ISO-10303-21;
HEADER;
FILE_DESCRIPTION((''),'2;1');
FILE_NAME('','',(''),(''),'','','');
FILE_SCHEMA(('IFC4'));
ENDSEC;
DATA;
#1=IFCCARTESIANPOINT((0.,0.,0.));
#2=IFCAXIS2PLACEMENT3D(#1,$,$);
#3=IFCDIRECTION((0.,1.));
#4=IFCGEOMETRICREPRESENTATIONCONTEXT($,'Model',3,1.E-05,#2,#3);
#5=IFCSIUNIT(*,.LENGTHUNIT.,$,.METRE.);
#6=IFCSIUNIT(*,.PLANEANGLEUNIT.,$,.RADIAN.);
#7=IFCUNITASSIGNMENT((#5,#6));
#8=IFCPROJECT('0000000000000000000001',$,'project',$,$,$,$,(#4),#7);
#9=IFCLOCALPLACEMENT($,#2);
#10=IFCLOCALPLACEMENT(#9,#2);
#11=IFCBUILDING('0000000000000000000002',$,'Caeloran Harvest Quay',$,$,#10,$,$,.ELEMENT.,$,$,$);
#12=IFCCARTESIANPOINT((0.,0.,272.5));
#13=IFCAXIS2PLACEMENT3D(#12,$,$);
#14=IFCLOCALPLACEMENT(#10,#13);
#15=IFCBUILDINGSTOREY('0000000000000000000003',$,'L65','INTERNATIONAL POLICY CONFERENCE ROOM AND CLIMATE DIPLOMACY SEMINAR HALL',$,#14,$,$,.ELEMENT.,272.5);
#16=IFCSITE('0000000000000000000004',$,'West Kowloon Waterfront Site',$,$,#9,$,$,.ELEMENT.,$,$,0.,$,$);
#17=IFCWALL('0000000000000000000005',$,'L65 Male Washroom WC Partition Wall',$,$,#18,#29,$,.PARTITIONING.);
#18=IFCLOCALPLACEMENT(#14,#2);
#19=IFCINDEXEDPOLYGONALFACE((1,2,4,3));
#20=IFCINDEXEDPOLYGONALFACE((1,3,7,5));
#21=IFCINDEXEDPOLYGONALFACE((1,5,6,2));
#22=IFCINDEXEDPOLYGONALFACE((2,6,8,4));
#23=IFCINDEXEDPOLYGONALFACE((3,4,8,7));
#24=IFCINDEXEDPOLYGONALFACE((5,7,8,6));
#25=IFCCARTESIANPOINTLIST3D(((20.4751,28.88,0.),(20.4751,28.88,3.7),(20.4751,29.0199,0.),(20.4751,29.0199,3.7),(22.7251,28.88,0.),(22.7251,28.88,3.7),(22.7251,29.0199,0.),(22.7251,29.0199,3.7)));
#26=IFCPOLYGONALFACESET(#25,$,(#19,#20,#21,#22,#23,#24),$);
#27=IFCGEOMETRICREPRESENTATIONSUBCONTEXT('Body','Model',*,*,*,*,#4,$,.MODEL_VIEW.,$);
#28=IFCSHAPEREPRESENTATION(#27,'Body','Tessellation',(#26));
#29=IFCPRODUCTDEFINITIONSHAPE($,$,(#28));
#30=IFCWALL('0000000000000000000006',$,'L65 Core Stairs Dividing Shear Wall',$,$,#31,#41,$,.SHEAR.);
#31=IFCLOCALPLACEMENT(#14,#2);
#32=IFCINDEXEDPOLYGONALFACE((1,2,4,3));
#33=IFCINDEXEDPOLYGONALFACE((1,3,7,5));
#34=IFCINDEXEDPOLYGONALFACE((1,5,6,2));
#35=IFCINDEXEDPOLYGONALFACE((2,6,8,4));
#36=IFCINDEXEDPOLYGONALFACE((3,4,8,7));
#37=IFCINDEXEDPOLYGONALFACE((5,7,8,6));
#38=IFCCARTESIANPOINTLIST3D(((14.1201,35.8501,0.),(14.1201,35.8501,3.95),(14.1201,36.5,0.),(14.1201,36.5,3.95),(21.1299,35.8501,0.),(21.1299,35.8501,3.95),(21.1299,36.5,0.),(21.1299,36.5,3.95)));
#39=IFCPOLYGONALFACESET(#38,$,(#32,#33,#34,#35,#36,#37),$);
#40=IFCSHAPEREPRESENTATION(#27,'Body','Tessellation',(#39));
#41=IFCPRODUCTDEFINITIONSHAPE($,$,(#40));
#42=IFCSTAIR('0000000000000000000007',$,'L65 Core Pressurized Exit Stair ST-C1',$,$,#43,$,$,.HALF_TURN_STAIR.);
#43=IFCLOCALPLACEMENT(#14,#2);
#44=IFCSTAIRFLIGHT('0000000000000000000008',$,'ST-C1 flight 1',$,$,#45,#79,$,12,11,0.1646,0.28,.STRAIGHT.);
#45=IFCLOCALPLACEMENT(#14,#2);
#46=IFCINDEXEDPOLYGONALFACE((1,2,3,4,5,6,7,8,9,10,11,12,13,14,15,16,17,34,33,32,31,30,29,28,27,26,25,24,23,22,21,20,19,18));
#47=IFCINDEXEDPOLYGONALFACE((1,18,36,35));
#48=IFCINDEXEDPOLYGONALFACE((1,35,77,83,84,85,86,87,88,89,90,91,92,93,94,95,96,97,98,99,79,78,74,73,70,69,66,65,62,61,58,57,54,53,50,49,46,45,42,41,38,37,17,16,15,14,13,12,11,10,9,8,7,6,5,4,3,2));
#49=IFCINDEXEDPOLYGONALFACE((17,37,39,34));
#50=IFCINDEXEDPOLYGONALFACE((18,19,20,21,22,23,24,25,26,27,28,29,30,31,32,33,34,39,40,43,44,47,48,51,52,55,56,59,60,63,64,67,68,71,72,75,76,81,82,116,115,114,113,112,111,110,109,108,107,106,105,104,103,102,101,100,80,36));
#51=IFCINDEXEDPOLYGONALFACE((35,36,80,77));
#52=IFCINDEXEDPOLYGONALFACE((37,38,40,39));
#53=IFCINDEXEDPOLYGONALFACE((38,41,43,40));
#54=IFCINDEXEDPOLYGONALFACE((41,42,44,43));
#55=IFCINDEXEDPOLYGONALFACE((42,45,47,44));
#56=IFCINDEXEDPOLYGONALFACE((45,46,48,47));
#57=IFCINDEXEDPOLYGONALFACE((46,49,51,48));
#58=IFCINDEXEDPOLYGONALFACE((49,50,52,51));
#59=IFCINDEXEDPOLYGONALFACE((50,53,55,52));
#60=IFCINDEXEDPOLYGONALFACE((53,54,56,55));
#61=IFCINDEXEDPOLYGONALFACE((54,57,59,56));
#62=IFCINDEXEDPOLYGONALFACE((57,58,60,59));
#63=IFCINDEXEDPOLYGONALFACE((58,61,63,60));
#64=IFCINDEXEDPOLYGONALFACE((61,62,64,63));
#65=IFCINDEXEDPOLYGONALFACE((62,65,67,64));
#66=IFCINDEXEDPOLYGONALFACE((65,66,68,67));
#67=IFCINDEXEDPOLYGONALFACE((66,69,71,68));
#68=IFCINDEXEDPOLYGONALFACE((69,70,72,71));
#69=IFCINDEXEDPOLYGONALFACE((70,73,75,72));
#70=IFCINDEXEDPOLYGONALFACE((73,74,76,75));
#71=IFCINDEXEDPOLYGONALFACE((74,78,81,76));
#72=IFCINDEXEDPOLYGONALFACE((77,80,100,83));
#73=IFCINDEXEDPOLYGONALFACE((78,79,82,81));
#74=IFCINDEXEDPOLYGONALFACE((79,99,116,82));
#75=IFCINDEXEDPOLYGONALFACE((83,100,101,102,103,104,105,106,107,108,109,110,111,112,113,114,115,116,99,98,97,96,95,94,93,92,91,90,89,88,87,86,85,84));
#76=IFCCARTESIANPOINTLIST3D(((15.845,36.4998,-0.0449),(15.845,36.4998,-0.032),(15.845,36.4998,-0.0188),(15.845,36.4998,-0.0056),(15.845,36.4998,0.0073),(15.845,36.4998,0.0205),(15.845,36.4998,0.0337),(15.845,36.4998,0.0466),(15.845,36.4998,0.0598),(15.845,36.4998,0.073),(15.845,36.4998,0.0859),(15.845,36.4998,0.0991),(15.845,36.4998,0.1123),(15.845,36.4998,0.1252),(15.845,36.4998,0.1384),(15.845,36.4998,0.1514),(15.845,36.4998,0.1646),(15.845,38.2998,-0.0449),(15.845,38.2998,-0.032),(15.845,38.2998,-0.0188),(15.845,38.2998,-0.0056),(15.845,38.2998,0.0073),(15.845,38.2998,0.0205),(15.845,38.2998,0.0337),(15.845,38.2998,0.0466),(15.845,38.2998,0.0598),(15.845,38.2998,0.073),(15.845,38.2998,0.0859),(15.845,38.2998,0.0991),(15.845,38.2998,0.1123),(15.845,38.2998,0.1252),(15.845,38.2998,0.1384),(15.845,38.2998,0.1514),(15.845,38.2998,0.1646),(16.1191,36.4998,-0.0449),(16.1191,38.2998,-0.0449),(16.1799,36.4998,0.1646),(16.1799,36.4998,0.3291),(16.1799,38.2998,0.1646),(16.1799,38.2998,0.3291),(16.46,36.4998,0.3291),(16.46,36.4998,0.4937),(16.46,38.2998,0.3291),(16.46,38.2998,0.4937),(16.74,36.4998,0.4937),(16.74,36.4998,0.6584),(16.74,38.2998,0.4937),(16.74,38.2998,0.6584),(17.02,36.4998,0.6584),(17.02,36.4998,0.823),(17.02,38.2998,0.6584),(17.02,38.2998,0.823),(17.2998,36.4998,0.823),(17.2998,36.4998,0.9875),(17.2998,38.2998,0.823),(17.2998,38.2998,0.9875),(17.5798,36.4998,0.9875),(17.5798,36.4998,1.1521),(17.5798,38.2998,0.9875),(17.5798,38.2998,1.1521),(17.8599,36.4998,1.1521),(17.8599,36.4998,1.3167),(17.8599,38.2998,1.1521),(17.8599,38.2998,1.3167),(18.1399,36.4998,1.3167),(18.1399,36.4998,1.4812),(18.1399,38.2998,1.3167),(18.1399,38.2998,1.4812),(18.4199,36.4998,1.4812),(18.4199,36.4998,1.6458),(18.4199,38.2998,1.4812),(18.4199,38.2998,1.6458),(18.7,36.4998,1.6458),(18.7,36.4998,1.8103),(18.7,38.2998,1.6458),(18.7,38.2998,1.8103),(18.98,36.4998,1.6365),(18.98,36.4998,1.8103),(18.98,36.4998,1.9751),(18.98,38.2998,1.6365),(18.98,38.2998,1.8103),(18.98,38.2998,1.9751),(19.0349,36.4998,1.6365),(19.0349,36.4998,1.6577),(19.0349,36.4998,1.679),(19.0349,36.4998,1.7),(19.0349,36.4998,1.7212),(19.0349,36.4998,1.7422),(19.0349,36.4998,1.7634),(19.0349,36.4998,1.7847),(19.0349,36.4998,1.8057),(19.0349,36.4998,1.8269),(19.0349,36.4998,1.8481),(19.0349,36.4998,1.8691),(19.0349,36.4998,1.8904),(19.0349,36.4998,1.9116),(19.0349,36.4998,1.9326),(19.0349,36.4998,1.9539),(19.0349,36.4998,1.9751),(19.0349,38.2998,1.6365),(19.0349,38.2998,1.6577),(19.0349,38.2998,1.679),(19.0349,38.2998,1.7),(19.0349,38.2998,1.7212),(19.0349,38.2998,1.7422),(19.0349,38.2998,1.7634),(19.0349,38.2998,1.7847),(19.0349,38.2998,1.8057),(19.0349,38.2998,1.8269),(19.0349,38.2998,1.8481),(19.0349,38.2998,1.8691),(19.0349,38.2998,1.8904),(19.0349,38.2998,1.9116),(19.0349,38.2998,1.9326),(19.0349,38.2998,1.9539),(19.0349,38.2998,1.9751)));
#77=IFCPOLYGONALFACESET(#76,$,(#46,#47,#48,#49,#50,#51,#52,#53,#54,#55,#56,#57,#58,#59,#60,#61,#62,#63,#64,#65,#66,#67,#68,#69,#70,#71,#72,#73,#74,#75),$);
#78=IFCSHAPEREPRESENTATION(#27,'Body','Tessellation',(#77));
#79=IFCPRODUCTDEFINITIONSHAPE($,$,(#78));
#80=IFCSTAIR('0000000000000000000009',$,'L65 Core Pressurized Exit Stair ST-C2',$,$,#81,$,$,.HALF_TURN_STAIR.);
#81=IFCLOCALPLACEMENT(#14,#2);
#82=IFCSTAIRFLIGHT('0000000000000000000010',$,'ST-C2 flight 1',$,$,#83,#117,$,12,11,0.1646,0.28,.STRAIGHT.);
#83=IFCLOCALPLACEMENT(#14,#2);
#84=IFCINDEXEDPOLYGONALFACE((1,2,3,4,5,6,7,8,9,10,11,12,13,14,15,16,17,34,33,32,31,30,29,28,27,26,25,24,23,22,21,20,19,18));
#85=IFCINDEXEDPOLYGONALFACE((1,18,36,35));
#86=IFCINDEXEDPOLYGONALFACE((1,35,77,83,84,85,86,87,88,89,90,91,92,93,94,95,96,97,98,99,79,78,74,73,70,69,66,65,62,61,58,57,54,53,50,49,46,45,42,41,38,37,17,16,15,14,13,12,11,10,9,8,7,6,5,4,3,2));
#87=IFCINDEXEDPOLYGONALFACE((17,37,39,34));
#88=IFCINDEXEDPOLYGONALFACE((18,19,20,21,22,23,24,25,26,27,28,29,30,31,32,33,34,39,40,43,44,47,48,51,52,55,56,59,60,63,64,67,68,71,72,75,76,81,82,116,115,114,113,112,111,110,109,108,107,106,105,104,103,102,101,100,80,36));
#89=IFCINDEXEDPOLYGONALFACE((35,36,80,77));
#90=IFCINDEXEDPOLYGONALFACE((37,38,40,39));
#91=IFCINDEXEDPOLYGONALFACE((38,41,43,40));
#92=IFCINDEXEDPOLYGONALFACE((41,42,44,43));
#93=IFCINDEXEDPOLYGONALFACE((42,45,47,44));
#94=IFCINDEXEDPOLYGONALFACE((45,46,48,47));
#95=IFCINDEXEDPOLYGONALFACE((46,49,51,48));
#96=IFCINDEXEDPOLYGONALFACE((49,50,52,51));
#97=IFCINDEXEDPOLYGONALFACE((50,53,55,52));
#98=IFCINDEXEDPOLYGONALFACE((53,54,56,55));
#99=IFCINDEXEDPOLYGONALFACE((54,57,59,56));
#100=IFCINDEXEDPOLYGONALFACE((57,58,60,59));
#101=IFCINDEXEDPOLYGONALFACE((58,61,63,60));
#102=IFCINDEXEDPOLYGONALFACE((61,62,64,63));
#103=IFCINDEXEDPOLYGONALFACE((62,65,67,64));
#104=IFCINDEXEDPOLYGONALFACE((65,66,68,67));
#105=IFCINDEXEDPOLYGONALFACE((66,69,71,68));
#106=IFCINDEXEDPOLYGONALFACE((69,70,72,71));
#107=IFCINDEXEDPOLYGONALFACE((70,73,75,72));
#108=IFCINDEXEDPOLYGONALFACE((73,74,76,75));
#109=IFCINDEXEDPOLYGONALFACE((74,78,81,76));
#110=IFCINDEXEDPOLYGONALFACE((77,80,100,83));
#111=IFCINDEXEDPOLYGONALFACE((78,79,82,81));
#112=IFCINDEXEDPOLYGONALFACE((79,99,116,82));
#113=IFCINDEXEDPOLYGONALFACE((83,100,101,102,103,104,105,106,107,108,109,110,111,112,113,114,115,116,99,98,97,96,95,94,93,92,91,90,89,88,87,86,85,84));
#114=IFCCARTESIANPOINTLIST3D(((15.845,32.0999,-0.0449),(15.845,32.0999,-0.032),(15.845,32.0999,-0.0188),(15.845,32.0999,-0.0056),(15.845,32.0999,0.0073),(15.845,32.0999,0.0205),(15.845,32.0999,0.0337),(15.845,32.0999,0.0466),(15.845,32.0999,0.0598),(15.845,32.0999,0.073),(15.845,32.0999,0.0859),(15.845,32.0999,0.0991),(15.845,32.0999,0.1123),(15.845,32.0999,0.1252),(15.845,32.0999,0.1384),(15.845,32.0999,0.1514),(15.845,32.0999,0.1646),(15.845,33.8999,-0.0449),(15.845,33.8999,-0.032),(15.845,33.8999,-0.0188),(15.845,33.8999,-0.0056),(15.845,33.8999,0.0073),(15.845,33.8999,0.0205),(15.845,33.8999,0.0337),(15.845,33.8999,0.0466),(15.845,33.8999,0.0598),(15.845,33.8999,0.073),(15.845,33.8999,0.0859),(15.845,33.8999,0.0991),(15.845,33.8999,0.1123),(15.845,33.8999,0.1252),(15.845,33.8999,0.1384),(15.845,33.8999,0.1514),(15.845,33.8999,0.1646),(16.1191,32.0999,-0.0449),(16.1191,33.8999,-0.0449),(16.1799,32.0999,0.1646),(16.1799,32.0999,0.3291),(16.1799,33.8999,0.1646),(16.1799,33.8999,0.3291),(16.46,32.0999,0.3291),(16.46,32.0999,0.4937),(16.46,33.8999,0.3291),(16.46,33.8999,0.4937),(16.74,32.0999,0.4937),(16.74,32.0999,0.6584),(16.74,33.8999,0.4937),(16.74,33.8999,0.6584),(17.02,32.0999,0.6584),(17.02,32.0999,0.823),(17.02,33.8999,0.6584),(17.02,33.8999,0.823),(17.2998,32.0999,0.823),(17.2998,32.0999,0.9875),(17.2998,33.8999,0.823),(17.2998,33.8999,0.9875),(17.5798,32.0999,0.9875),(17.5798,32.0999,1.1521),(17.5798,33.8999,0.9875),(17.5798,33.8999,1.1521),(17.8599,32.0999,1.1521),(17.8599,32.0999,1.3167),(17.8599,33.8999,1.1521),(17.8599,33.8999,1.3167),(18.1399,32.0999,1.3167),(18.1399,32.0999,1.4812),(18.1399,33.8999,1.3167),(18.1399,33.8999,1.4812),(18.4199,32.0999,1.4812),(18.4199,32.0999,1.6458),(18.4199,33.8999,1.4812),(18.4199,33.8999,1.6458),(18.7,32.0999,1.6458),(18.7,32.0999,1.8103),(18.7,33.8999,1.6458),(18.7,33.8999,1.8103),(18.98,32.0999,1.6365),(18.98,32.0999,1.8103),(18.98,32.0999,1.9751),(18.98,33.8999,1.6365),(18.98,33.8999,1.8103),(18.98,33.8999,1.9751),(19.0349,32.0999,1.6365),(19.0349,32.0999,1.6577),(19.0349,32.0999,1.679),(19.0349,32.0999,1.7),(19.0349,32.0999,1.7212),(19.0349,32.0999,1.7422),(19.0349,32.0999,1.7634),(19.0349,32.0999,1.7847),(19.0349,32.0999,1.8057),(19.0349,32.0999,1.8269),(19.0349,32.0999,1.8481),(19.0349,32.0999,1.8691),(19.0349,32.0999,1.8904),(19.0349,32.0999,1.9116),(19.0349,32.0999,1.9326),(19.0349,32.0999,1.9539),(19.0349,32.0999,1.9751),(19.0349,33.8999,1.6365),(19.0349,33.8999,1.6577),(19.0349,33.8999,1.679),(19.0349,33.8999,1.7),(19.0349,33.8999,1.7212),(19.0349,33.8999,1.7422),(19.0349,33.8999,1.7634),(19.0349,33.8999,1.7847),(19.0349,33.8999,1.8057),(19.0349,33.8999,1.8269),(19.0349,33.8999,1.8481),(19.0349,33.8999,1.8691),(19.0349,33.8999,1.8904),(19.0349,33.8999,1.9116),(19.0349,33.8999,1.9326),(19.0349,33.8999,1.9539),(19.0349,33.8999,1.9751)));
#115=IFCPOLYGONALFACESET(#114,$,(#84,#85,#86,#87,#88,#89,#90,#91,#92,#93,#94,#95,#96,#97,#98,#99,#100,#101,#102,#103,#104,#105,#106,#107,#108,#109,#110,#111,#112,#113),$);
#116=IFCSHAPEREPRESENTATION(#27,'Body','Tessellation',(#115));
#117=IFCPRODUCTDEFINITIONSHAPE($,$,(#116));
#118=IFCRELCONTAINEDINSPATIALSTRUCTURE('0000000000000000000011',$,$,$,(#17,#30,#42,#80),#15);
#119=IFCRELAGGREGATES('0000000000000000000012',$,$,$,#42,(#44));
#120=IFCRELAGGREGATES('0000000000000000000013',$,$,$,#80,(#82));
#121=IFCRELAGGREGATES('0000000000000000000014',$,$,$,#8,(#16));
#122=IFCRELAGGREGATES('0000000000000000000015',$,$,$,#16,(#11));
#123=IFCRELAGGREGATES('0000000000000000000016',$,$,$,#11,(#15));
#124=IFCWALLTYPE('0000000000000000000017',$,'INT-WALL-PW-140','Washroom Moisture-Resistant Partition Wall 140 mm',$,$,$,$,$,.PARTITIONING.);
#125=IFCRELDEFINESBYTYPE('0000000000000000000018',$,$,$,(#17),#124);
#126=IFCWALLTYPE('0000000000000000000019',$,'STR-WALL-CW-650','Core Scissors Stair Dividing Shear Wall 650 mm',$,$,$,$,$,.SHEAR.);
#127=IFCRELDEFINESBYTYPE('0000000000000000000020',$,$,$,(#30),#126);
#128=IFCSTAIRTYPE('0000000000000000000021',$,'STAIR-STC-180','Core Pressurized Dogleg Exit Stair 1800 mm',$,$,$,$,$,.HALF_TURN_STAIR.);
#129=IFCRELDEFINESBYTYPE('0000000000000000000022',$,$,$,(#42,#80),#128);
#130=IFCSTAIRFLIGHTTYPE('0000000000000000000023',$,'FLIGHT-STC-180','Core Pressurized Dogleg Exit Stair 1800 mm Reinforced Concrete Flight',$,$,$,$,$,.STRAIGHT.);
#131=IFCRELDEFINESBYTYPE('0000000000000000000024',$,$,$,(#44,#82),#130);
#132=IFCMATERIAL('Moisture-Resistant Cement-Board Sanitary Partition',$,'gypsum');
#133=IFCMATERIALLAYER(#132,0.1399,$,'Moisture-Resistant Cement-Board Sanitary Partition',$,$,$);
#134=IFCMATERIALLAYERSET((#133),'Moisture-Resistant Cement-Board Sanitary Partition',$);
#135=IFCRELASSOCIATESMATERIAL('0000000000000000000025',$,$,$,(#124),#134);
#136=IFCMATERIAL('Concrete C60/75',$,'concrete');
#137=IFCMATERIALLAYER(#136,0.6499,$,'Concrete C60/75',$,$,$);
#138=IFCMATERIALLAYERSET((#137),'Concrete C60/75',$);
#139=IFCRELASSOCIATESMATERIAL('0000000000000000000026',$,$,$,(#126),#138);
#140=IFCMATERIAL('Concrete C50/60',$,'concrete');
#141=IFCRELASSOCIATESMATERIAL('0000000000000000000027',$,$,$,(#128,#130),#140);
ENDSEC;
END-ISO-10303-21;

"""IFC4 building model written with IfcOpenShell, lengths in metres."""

from ifc_helpers import new_model, si_unit, direction, frame, frame_2d, origin, place, context, subcontext, project, spatial, polyline, rectangle, outline, extrude, material, layer, layer_set, type_object, element, aggregate, save


model = new_model("IFC4")

# Units and contexts
model_context = context("Model", 3, precision=1e-05, world=origin(), true_north=direction((0.0, 1.0)))
body_context = subcontext(model_context, "Body", "Model", "MODEL_VIEW")
ifc_project = project(units=[si_unit("LENGTHUNIT", "METRE"), si_unit("PLANEANGLEUNIT", "RADIAN")], contexts=[model_context])

# Site, building, storey
site_placement = place(None, origin())
site = spatial("IfcSite", under=ifc_project, at=site_placement, Name="West Kowloon Waterfront Site", CompositionType="ELEMENT", RefElevation=0.0)
building_placement = place(site_placement, origin())
building = spatial("IfcBuilding", under=site, at=building_placement, Name="Caeloran Harvest Quay", CompositionType="ELEMENT")
storey_placement = place(building_placement, frame((0.0, 0.0, 272.5)))
storey = spatial("IfcBuildingStorey", under=building, at=storey_placement, Name="L65", Description="INTERNATIONAL POLICY CONFERENCE ROOM AND CLIMATE DIPLOMACY SEMINAR HALL", CompositionType="ELEMENT", Elevation=272.5)

# Shared definitions
ifc_material_1 = material(Name="Moisture-Resistant Cement-Board Sanitary Partition", Category="gypsum")
ifc_layer_1 = layer(ifc_material_1, 0.1399, Name="Moisture-Resistant Cement-Board Sanitary Partition")
ifc_layer_set_1 = layer_set([ifc_layer_1], Name="Moisture-Resistant Cement-Board Sanitary Partition")
wall_type_1 = type_object("IfcWallType", Name="INT-WALL-PW-140", Description="Washroom Moisture-Resistant Partition Wall 140 mm", PredefinedType="PARTITIONING", material=ifc_layer_set_1)

# Walls
wall_1_placement = place(storey_placement, frame((20.4751, 28.95, 0.0), z_axis=(0.0, 0.0, 1.0), x_axis=(1.0, 0.0, 0.0)))
element("IfcWall", 1, at=wall_1_placement, inside=storey, type_object=wall_type_1, Name="L65 Male Washroom WC Partition Wall", PredefinedType="PARTITIONING", context=body_context, shape_type="SweptSolid", body=[
    extrude(rectangle(XDim=2.25, YDim=0.1399, at=frame_2d((1.125, 0.0))), origin(), (0.0, 0.0, 1.0), 3.7),
])
ifc_material_2 = material(Name="Concrete C60/75", Category="concrete")
ifc_layer_2 = layer(ifc_material_2, 0.6499, Name="Concrete C60/75")
ifc_layer_set_2 = layer_set([ifc_layer_2], Name="Concrete C60/75")
wall_type_2 = type_object("IfcWallType", Name="STR-WALL-CW-650", Description="Core Scissors Stair Dividing Shear Wall 650 mm", PredefinedType="SHEAR", material=ifc_layer_set_2)
wall_2_placement = place(storey_placement, frame((14.1201, 36.175, 0.0), z_axis=(0.0, 0.0, 1.0), x_axis=(1.0, 0.0, 0.0)))
element("IfcWall", 2, at=wall_2_placement, inside=storey, type_object=wall_type_2, Name="L65 Core Stairs Dividing Shear Wall", PredefinedType="SHEAR", context=body_context, shape_type="SweptSolid", body=[
    extrude(rectangle(XDim=7.0098, YDim=0.6499, at=frame_2d((3.5049, 0.0))), origin(), (0.0, 0.0, 1.0), 3.95),
])

# Stair, stair flight
ifc_material_3 = material(Name="Concrete C50/60", Category="concrete")
stair_type = type_object("IfcStairType", Name="STAIR-STC-180", Description="Core Pressurized Dogleg Exit Stair 1800 mm", PredefinedType="HALF_TURN_STAIR", material=ifc_material_3)
stair_1_placement = place(storey_placement, origin())
stair_1 = element("IfcStair", 3, at=stair_1_placement, inside=storey, type_object=stair_type, Name="L65 Core Pressurized Exit Stair ST-C1", PredefinedType="HALF_TURN_STAIR")
stair_flight_type = type_object("IfcStairFlightType", Name="FLIGHT-STC-180", Description="Core Pressurized Dogleg Exit Stair 1800 mm Reinforced Concrete Flight", PredefinedType="STRAIGHT", material=ifc_material_3)
stair_flight_1_placement = place(storey_placement, frame((15.8999, 37.3999, 0.0), z_axis=(0.0, 0.0, 1.0), x_axis=(1.0, 0.0, 0.0)))
stair_flight_1 = element("IfcStairFlight", 4, at=stair_flight_1_placement, type_object=stair_flight_type, Name="ST-C1 flight 1", NumberOfRisers=12, NumberOfTreads=11, PredefinedType="STRAIGHT", RiserHeight=0.1646, TreadLength=0.28, context=body_context, shape_type="SweptSolid", body=[
    extrude(outline(polyline([(-0.0549, -0.0449), (-0.0549, -0.032), (-0.0549, -0.0188), (-0.0549, -0.0056), (-0.0549, 0.0073), (-0.0549, 0.0205), (-0.0549, 0.0337), (-0.0549, 0.0466), (-0.0549, 0.0598), (-0.0549, 0.073), (-0.0549, 0.0859), (-0.0549, 0.0991), (-0.0549, 0.1123), (-0.0549, 0.1252), (-0.0549, 0.1384), (-0.0549, 0.1514), (-0.0549, 0.1646), (0.28, 0.1646), (0.28, 0.3291), (0.5601, 0.3291), (0.5601, 0.4937), (0.8401, 0.4937), (0.8401, 0.6584), (1.1201, 0.6584), (1.1201, 0.823), (1.3999, 0.823), (1.3999, 0.9875), (1.6799, 0.9875), (1.6799, 1.1521), (1.96, 1.1521), (1.96, 1.3167), (2.24, 1.3167), (2.24, 1.4812), (2.52, 1.4812), (2.52, 1.6458), (2.8, 1.6458), (2.8, 1.8103), (3.0801, 1.8103), (3.0801, 1.9751), (3.135, 1.9751), (3.135, 1.9539), (3.135, 1.9326), (3.135, 1.9116), (3.135, 1.8904), (3.135, 1.8691), (3.135, 1.8481), (3.135, 1.8269), (3.135, 1.8057), (3.135, 1.7847), (3.135, 1.7634), (3.135, 1.7422), (3.135, 1.7212), (3.135, 1.7), (3.135, 1.679), (3.135, 1.6577), (3.135, 1.6365), (3.0801, 1.6365), (0.2192, -0.0449), (-0.0549, -0.0449)])), frame((0.0, 0.8999, 0.0), z_axis=(0.0, -1.0, 0.0), x_axis=(1.0, 0.0, 0.0)), (0.0, 0.0, 1.0), 1.8),
])
aggregate(stair_1, [stair_flight_1])

# Stair, stair flight
stair_2_placement = place(storey_placement, origin())
stair_2 = element("IfcStair", 5, at=stair_2_placement, inside=storey, type_object=stair_type, Name="L65 Core Pressurized Exit Stair ST-C2", PredefinedType="HALF_TURN_STAIR")
stair_flight_2_placement = place(storey_placement, frame((15.8999, 33.0, 0.0), z_axis=(0.0, 0.0, 1.0), x_axis=(1.0, 0.0, 0.0)))
stair_flight_2 = element("IfcStairFlight", 6, at=stair_flight_2_placement, type_object=stair_flight_type, Name="ST-C2 flight 1", NumberOfRisers=12, NumberOfTreads=11, PredefinedType="STRAIGHT", RiserHeight=0.1646, TreadLength=0.28, context=body_context, shape_type="SweptSolid", body=[
    extrude(outline(polyline([(-0.0549, -0.0449), (-0.0549, -0.032), (-0.0549, -0.0188), (-0.0549, -0.0056), (-0.0549, 0.0073), (-0.0549, 0.0205), (-0.0549, 0.0337), (-0.0549, 0.0466), (-0.0549, 0.0598), (-0.0549, 0.073), (-0.0549, 0.0859), (-0.0549, 0.0991), (-0.0549, 0.1123), (-0.0549, 0.1252), (-0.0549, 0.1384), (-0.0549, 0.1514), (-0.0549, 0.1646), (0.28, 0.1646), (0.28, 0.3291), (0.5601, 0.3291), (0.5601, 0.4937), (0.8401, 0.4937), (0.8401, 0.6584), (1.1201, 0.6584), (1.1201, 0.823), (1.3999, 0.823), (1.3999, 0.9875), (1.6799, 0.9875), (1.6799, 1.1521), (1.96, 1.1521), (1.96, 1.3167), (2.24, 1.3167), (2.24, 1.4812), (2.52, 1.4812), (2.52, 1.6458), (2.8, 1.6458), (2.8, 1.8103), (3.0801, 1.8103), (3.0801, 1.9751), (3.135, 1.9751), (3.135, 1.9539), (3.135, 1.9326), (3.135, 1.9116), (3.135, 1.8904), (3.135, 1.8691), (3.135, 1.8481), (3.135, 1.8269), (3.135, 1.8057), (3.135, 1.7847), (3.135, 1.7634), (3.135, 1.7422), (3.135, 1.7212), (3.135, 1.7), (3.135, 1.679), (3.135, 1.6577), (3.135, 1.6365), (3.0801, 1.6365), (0.2192, -0.0449), (-0.0549, -0.0449)])), frame((0.0, 0.8999, 0.0), z_axis=(0.0, -1.0, 0.0), x_axis=(1.0, 0.0, 0.0)), (0.0, 0.0, 1.0), 1.8),
])
aggregate(stair_2, [stair_flight_2])

save(model, "model.ifc")
